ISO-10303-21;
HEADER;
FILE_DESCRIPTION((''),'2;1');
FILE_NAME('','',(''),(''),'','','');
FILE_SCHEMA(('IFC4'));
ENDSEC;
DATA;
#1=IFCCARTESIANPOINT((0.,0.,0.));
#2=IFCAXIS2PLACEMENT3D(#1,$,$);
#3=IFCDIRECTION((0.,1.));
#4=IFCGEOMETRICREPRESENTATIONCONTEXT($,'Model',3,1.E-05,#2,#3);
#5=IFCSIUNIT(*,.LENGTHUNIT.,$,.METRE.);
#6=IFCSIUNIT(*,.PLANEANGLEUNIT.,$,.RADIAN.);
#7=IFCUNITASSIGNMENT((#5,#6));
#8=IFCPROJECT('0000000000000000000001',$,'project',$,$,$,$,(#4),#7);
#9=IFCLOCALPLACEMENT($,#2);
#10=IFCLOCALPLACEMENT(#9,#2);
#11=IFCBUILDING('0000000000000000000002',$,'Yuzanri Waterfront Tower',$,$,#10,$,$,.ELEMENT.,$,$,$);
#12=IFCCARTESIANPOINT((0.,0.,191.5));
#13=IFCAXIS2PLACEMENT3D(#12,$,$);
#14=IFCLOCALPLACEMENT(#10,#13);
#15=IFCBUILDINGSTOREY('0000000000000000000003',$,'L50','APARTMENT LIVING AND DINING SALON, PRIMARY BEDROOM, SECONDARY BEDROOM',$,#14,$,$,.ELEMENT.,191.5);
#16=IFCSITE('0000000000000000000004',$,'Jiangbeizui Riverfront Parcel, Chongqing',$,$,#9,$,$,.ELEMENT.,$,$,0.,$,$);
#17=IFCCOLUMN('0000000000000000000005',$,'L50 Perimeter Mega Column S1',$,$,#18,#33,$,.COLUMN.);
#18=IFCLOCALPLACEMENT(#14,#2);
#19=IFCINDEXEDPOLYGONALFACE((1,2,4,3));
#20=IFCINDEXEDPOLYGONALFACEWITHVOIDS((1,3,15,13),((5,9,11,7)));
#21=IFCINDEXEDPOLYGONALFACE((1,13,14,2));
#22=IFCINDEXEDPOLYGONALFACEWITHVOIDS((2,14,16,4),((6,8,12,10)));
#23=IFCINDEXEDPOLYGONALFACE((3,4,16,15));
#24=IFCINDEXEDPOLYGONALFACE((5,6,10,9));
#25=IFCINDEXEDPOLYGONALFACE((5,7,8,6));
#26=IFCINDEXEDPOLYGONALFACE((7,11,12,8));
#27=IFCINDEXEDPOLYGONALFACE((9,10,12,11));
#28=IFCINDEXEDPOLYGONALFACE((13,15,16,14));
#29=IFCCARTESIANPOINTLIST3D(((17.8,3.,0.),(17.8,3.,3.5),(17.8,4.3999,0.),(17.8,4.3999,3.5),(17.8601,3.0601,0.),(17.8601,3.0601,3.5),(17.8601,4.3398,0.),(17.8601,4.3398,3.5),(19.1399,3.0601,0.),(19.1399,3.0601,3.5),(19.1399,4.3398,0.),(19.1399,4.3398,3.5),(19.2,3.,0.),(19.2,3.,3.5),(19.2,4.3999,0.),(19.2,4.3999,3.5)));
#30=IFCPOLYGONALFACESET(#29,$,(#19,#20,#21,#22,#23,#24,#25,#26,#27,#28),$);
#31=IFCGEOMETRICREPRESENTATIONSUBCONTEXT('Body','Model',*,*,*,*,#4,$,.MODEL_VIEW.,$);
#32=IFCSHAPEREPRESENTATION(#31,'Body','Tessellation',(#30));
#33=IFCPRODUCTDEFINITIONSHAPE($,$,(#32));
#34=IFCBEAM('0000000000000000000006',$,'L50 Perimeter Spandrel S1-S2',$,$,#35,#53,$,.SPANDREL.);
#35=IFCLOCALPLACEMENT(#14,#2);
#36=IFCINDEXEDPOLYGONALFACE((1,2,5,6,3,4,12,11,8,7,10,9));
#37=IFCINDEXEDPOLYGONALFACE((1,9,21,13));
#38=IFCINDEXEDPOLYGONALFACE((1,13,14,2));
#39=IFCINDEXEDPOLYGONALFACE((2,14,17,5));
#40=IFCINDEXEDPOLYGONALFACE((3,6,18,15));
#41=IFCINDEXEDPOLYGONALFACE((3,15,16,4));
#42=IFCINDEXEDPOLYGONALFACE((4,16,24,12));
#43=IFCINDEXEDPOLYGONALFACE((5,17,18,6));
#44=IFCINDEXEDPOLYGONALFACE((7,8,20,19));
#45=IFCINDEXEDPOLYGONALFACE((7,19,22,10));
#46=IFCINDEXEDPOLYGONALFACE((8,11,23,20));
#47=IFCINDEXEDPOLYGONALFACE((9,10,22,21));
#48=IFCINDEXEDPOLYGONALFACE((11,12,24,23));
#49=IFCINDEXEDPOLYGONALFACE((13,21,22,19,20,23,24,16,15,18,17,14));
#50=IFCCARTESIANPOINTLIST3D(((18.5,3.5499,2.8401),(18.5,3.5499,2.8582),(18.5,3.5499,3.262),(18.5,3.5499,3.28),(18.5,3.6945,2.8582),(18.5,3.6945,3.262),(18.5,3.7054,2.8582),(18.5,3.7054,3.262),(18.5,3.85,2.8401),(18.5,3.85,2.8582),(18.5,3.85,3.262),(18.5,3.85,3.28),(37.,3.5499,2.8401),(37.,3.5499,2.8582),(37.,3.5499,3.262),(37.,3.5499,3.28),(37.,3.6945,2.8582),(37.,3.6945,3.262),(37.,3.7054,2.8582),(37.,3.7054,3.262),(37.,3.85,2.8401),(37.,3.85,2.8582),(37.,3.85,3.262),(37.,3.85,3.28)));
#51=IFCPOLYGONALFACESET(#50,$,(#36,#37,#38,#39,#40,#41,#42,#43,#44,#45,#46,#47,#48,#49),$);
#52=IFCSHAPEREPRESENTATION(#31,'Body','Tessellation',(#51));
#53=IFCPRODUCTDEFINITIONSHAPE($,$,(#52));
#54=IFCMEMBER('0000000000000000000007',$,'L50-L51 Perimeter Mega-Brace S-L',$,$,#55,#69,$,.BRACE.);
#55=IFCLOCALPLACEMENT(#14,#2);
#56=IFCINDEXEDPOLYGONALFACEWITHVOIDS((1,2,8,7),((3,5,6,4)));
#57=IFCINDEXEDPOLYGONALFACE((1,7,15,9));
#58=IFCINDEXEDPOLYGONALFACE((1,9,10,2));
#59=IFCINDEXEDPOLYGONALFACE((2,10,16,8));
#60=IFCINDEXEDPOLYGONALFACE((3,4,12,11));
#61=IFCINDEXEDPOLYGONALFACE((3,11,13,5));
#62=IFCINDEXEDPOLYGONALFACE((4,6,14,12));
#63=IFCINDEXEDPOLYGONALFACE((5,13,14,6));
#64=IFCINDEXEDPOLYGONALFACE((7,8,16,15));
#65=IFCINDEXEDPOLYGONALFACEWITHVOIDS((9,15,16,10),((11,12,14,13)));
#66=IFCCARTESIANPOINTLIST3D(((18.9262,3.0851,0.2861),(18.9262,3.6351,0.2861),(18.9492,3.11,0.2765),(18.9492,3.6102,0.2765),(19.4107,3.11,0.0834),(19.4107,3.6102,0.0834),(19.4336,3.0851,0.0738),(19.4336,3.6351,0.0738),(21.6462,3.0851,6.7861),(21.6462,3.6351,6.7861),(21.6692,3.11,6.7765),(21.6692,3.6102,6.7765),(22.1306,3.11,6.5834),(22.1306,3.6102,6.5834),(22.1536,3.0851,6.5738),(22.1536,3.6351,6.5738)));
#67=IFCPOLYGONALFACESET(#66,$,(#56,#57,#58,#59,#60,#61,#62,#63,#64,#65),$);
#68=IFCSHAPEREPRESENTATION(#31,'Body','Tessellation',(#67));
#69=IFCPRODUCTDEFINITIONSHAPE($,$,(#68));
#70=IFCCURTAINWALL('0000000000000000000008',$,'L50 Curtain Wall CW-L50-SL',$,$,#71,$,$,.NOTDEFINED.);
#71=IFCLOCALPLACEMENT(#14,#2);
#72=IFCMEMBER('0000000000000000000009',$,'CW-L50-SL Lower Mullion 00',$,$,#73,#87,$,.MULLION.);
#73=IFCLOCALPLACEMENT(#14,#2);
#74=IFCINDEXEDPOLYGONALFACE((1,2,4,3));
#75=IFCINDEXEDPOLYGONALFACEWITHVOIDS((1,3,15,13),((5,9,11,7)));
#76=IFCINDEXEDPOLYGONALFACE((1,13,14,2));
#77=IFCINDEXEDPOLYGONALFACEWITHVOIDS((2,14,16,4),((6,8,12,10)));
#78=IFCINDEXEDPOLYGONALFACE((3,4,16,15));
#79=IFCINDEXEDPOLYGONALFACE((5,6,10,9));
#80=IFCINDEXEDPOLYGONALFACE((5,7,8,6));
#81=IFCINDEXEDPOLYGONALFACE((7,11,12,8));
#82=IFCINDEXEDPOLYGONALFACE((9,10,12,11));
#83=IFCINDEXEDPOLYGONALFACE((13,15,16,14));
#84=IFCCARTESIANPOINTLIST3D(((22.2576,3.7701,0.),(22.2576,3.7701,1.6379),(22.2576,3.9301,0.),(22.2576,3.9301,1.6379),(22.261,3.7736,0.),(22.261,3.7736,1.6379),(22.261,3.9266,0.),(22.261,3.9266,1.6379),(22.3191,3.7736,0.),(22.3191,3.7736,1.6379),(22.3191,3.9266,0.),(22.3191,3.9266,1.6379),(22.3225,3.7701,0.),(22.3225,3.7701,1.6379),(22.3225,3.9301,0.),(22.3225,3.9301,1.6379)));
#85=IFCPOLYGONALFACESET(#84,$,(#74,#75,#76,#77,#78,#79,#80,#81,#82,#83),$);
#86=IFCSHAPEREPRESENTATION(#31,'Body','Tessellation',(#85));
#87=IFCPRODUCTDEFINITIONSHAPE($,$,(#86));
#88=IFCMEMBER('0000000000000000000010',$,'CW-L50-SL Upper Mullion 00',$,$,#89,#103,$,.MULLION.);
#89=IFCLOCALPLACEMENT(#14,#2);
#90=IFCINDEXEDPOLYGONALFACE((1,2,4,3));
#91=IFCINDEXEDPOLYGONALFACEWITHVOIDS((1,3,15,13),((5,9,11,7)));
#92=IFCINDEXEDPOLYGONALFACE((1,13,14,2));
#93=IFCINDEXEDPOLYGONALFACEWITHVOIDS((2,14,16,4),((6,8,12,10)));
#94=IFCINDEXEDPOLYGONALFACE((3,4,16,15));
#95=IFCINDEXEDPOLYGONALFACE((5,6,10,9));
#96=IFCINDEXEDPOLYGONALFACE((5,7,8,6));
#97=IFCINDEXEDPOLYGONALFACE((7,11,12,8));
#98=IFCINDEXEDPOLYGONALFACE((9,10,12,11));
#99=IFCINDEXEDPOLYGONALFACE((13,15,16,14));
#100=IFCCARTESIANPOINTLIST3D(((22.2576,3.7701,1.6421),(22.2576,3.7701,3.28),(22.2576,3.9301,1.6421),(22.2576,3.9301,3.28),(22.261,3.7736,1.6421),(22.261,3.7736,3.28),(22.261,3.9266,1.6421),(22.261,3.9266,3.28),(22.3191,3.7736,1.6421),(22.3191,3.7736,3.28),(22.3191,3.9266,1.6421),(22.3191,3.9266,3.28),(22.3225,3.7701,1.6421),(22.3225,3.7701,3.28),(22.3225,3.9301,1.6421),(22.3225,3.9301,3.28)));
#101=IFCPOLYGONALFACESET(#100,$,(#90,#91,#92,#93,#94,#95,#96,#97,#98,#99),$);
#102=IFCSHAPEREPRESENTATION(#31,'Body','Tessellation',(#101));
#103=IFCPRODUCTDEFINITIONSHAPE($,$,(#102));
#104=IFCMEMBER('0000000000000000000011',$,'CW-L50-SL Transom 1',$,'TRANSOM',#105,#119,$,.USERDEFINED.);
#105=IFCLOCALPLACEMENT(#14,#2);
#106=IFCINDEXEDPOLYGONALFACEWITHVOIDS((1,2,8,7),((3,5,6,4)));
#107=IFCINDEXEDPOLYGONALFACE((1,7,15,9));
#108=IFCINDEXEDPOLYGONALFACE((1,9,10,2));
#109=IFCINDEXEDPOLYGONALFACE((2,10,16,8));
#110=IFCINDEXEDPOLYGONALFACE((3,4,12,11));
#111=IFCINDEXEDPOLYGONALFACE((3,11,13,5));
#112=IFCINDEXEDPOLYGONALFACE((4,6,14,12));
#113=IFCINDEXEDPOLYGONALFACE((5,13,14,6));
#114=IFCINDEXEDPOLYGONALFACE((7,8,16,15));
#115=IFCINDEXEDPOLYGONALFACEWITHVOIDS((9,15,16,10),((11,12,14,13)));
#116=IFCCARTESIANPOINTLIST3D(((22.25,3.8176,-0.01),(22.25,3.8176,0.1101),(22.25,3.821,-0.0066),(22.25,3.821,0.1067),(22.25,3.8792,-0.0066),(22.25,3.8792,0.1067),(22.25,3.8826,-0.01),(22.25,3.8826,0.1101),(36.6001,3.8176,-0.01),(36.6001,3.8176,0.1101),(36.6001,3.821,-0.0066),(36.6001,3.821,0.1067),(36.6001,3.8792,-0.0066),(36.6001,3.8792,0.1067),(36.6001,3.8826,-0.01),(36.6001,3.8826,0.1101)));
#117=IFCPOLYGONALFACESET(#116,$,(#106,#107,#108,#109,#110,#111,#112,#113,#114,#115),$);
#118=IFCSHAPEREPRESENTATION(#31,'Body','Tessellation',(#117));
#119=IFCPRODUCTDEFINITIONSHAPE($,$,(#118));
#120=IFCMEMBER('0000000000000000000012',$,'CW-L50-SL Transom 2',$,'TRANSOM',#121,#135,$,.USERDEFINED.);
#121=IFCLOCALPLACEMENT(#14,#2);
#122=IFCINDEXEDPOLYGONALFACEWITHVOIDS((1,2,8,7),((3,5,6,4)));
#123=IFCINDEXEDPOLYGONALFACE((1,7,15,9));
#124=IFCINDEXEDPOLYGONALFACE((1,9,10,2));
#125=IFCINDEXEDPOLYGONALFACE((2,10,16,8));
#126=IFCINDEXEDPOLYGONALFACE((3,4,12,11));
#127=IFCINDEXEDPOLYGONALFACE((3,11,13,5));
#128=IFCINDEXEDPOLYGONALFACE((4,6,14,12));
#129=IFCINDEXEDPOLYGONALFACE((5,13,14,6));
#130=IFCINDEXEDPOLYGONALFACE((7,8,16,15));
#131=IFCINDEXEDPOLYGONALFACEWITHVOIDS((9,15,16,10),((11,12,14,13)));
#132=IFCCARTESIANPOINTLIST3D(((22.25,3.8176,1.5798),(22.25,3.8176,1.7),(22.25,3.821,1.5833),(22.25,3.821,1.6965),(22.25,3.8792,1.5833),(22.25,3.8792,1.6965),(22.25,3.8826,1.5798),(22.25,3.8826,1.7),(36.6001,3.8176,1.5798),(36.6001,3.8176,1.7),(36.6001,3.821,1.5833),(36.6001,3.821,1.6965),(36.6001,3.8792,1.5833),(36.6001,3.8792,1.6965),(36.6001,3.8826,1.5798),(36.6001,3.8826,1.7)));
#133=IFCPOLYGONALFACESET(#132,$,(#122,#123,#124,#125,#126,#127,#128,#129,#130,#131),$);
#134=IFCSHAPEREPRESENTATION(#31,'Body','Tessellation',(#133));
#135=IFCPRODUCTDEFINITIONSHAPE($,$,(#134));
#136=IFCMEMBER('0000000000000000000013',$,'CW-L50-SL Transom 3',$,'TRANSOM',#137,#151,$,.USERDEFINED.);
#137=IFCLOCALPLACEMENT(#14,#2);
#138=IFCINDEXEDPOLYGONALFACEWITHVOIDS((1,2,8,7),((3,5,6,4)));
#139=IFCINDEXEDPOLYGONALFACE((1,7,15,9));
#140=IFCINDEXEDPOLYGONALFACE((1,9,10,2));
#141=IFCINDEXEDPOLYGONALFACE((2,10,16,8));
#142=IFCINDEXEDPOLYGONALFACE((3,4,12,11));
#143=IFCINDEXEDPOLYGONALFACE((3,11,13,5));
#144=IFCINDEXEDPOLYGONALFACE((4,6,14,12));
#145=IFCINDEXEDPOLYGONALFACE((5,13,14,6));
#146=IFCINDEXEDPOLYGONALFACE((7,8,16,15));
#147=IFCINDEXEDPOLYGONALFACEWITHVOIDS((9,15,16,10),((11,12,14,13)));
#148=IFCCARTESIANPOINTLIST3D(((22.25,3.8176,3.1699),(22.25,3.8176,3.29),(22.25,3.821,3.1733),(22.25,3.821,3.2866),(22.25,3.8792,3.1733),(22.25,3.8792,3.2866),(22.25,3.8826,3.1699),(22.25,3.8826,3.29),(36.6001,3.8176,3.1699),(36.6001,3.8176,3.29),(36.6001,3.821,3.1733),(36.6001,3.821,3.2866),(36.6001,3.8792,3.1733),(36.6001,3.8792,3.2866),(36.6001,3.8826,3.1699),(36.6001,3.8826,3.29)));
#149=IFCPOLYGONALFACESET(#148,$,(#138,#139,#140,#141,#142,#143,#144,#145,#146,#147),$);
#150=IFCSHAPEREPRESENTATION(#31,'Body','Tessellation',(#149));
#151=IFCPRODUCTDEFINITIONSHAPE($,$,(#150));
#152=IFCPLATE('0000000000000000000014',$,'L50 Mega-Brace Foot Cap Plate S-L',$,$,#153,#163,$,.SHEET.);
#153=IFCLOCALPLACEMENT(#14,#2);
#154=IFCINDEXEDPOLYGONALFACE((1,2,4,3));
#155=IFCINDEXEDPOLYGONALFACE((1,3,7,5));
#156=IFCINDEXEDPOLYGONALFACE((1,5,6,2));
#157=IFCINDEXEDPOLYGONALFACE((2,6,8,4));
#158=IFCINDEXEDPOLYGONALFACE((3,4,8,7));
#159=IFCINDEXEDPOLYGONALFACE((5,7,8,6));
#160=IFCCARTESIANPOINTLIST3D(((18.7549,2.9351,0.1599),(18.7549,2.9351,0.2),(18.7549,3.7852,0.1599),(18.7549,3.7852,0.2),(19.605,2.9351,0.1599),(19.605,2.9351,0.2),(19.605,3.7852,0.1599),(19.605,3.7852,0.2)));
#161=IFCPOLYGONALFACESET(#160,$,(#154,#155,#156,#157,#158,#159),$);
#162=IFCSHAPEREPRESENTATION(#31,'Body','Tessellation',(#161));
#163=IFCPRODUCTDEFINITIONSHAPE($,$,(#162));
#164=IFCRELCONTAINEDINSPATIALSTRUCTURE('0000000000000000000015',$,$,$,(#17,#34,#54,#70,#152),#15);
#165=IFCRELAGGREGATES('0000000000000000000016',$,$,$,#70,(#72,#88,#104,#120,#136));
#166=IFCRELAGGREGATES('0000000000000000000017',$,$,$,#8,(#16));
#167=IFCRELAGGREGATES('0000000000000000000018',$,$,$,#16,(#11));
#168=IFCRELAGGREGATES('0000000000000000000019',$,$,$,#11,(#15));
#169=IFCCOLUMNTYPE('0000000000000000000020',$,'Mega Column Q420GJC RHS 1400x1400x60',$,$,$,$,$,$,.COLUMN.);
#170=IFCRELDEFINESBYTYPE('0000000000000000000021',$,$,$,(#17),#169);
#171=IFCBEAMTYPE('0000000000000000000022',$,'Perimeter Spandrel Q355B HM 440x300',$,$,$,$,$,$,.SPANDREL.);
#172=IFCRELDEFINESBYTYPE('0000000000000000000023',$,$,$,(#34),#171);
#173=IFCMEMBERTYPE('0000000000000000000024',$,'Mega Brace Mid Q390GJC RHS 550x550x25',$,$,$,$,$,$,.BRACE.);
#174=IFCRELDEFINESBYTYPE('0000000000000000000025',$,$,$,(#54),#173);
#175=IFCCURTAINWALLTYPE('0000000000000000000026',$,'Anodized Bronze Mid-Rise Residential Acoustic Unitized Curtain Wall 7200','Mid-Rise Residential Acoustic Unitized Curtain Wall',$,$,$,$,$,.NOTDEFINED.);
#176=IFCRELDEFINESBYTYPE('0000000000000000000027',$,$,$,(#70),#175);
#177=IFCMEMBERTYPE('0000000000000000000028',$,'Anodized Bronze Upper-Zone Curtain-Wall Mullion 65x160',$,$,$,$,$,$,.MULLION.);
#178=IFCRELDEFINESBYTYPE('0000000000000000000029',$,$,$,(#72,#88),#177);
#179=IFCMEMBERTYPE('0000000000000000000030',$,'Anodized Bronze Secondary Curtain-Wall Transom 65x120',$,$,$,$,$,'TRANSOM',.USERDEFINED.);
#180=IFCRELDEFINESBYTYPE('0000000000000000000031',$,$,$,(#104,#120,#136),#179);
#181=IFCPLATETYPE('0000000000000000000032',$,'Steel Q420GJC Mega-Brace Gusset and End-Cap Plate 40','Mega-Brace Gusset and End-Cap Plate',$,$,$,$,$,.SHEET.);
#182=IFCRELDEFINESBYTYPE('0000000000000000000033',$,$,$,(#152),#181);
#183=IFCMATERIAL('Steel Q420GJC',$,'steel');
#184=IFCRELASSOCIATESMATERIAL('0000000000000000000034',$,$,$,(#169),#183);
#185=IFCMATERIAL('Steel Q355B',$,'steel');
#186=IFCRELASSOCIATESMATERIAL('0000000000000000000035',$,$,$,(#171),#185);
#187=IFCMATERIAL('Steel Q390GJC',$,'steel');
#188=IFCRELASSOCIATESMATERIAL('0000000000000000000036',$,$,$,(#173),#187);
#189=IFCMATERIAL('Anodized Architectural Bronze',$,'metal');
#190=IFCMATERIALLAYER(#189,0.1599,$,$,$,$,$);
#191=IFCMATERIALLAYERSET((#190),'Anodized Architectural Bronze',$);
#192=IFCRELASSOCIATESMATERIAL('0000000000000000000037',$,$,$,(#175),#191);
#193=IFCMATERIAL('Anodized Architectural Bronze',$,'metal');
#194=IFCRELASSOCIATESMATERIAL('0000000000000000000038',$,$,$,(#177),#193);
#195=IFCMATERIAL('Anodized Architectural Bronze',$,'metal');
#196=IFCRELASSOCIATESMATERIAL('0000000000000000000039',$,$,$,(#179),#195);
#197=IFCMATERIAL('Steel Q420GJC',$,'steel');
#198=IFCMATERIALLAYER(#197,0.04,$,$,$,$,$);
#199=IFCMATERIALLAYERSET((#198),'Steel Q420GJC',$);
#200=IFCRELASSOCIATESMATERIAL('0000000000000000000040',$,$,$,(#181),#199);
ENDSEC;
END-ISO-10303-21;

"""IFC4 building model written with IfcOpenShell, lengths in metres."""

from ifc_helpers import new_model, si_unit, direction, frame, origin, origin_2d, place, context, subcontext, project, spatial, rectangle, hollow_rectangle, i_section, extrude, source, transform, mapped, material, layer, layer_set, material_profile, profile_set, type_object, element, aggregate, save


model = new_model("IFC4")

# Units and contexts
model_context = context("Model", 3, precision=1e-05, world=origin(), true_north=direction((0.0, 1.0)))
body_context = subcontext(model_context, "Body", "Model", "MODEL_VIEW")
ifc_project = project(units=[si_unit("LENGTHUNIT", "METRE"), si_unit("PLANEANGLEUNIT", "RADIAN")], contexts=[model_context])

# Site, building, storey
site_placement = place(None, origin())
site = spatial("IfcSite", under=ifc_project, at=site_placement, Name="Jiangbeizui Riverfront Parcel, Chongqing", CompositionType="ELEMENT", RefElevation=0.0)
building_placement = place(site_placement, origin())
building = spatial("IfcBuilding", under=site, at=building_placement, Name="Yuzanri Waterfront Tower", CompositionType="ELEMENT")
storey_placement = place(building_placement, frame((0.0, 0.0, 191.5)))
storey = spatial("IfcBuildingStorey", under=building, at=storey_placement, Name="L50", Description="APARTMENT LIVING AND DINING SALON, PRIMARY BEDROOM, SECONDARY BEDROOM", CompositionType="ELEMENT", Elevation=191.5)

# Column
ifc_material_1 = material(Name="Steel Q420GJC", Category="steel")
ifc_material_profile_1 = material_profile(ifc_material_1, hollow_rectangle(XDim=1.3999, YDim=1.3999, WallThickness=0.0601, at=origin_2d()), Name="RHS 1400x1400x60")
ifc_profile_set_1 = profile_set([ifc_material_profile_1], Name="Steel Q420GJC")
column_type = type_object("IfcColumnType", Name="Mega Column Q420GJC RHS 1400x1400x60", PredefinedType="COLUMN", material=ifc_profile_set_1)
shared_shape_1 = source(origin(), body_context, "Body", "SweptSolid", [
    extrude(hollow_rectangle(XDim=1.3999, YDim=1.3999, WallThickness=0.0601, at=origin_2d()), origin(), (0.0, 0.0, 1.0), 3.5),
])
column_placement = place(storey_placement, frame((18.5, 3.7, 0.0), z_axis=(0.0, 0.0, 1.0), x_axis=(1.0, 0.0, 0.0)))
element("IfcColumn", 1, at=column_placement, inside=storey, type_object=column_type, Name="L50 Perimeter Mega Column S1", PredefinedType="COLUMN", context=body_context, shape_type="MappedRepresentation", body=[
    mapped(shared_shape_1, transform((0.0, 0.0, 0.0), scale=1.0)),
])

# Beam
ifc_material_2 = material(Name="Steel Q355B", Category="steel")
ifc_material_profile_2 = material_profile(ifc_material_2, i_section(OverallWidth=0.3, OverallDepth=0.4399, WebThickness=0.011, FlangeThickness=0.0181, at=origin_2d()), Name="HM 440x300x11x18")
ifc_profile_set_2 = profile_set([ifc_material_profile_2], Name="Steel Q355B")
beam_type = type_object("IfcBeamType", Name="Perimeter Spandrel Q355B HM 440x300", PredefinedType="SPANDREL", material=ifc_profile_set_2)
shared_shape_2 = source(origin(), body_context, "Body", "SweptSolid", [
    extrude(i_section(OverallWidth=0.3, OverallDepth=0.4399, WebThickness=0.011, FlangeThickness=0.0181, at=origin_2d()), origin(), (0.0, 0.0, 1.0), 18.5),
])
beam_placement = place(storey_placement, frame((18.5, 3.7, 3.0601), z_axis=(1.0, 0.0, 0.0), x_axis=(0.0, 1.0, 0.0)))
element("IfcBeam", 2, at=beam_placement, inside=storey, type_object=beam_type, Name="L50 Perimeter Spandrel S1-S2", PredefinedType="SPANDREL", context=body_context, shape_type="MappedRepresentation", body=[
    mapped(shared_shape_2, transform((0.0, 0.0, 0.0), scale=1.0)),
])

# Member
ifc_material_3 = material(Name="Steel Q390GJC", Category="steel")
ifc_material_profile_3 = material_profile(ifc_material_3, hollow_rectangle(XDim=0.55, YDim=0.55, WallThickness=0.0249, at=origin_2d()), Name="RHS 550x550x25")
ifc_profile_set_3 = profile_set([ifc_material_profile_3], Name="Steel Q390GJC")
member_type_1 = type_object("IfcMemberType", Name="Mega Brace Mid Q390GJC RHS 550x550x25", PredefinedType="BRACE", material=ifc_profile_set_3)
shared_shape_3 = source(origin(), body_context, "Body", "SweptSolid", [
    extrude(hollow_rectangle(XDim=0.55, YDim=0.55, WallThickness=0.0249, at=origin_2d()), origin(), (0.0, 0.0, 1.0), 7.0461),
])
member_1_placement = place(storey_placement, frame((19.1799, 3.3601, 0.1799), z_axis=(0.386022, 0.0, 0.922489), x_axis=(0.0, 1.0, 0.0)))
element("IfcMember", 3, at=member_1_placement, inside=storey, type_object=member_type_1, Name="L50-L51 Perimeter Mega-Brace S-L", PredefinedType="BRACE", context=body_context, shape_type="MappedRepresentation", body=[
    mapped(shared_shape_3, transform((0.0, 0.0, 0.0), scale=1.0)),
])

# Curtain wall, members
ifc_material_4 = material(Name="Anodized Architectural Bronze", Category="metal")
ifc_layer_1 = layer(ifc_material_4, 0.1599)
ifc_layer_set_1 = layer_set([ifc_layer_1], Name="Anodized Architectural Bronze")
curtain_wall_type = type_object("IfcCurtainWallType", Name="Anodized Bronze Mid-Rise Residential Acoustic Unitized Curtain Wall 7200", Description="Mid-Rise Residential Acoustic Unitized Curtain Wall", PredefinedType="NOTDEFINED", material=ifc_layer_set_1)
curtain_wall_placement = place(storey_placement, origin())
curtain_wall = element("IfcCurtainWall", 4, at=curtain_wall_placement, inside=storey, type_object=curtain_wall_type, Name="L50 Curtain Wall CW-L50-SL", PredefinedType="NOTDEFINED")
ifc_material_5 = material(Name="Anodized Architectural Bronze", Category="metal")
ifc_material_profile_4 = material_profile(ifc_material_5, hollow_rectangle(XDim=0.0649, YDim=0.1599, WallThickness=0.0034, at=origin_2d()), Name="CWM 65x160")
ifc_profile_set_4 = profile_set([ifc_material_profile_4], Name="Anodized Architectural Bronze")
member_type_2 = type_object("IfcMemberType", Name="Anodized Bronze Upper-Zone Curtain-Wall Mullion 65x160", PredefinedType="MULLION", material=ifc_profile_set_4)
shared_shape_4 = source(origin(), body_context, "Body", "SweptSolid", [
    extrude(hollow_rectangle(XDim=0.0649, YDim=0.1599, WallThickness=0.0034, at=origin_2d()), origin(), (0.0, 0.0, 1.0), 1.6379),
])
member_2_placement = place(storey_placement, frame((22.29, 3.8501, 0.0), z_axis=(0.0, 0.0, 1.0), x_axis=(1.0, 0.0, 0.0)))
member_2 = element("IfcMember", 5, at=member_2_placement, type_object=member_type_2, Name="CW-L50-SL Lower Mullion 00", PredefinedType="MULLION", context=body_context, shape_type="MappedRepresentation", body=[
    mapped(shared_shape_4, transform((0.0, 0.0, 0.0), scale=1.0)),
])
member_3_placement = place(storey_placement, frame((22.29, 3.8501, 1.6421), z_axis=(0.0, 0.0, 1.0), x_axis=(1.0, 0.0, 0.0)))
member_3 = element("IfcMember", 6, at=member_3_placement, type_object=member_type_2, Name="CW-L50-SL Upper Mullion 00", PredefinedType="MULLION", context=body_context, shape_type="MappedRepresentation", body=[
    mapped(shared_shape_4, transform((0.0, 0.0, 0.0), scale=1.0)),
])
ifc_material_6 = material(Name="Anodized Architectural Bronze", Category="metal")
ifc_material_profile_5 = material_profile(ifc_material_6, hollow_rectangle(XDim=0.0649, YDim=0.1201, WallThickness=0.0034, at=origin_2d()), Name="CWT 65x120")
ifc_profile_set_5 = profile_set([ifc_material_profile_5], Name="Anodized Architectural Bronze")
member_type_3 = type_object("IfcMemberType", Name="Anodized Bronze Secondary Curtain-Wall Transom 65x120", ElementType="TRANSOM", PredefinedType="USERDEFINED", material=ifc_profile_set_5)
shared_shape_5 = source(origin(), body_context, "Body", "SweptSolid", [
    extrude(hollow_rectangle(XDim=0.0649, YDim=0.1201, WallThickness=0.0034, at=origin_2d()), origin(), (0.0, 0.0, 1.0), 14.3501),
])
member_4_placement = place(storey_placement, frame((22.25, 3.8501, 0.05), z_axis=(1.0, 0.0, 0.0), x_axis=(0.0, 1.0, 0.0)))
member_4 = element("IfcMember", 7, at=member_4_placement, type_object=member_type_3, Name="CW-L50-SL Transom 1", ObjectType="TRANSOM", PredefinedType="USERDEFINED", context=body_context, shape_type="MappedRepresentation", body=[
    mapped(shared_shape_5, transform((0.0, 0.0, 0.0), scale=1.0)),
])
member_5_placement = place(storey_placement, frame((22.25, 3.8501, 1.6399), z_axis=(1.0, 0.0, 0.0), x_axis=(0.0, 1.0, 0.0)))
member_5 = element("IfcMember", 8, at=member_5_placement, type_object=member_type_3, Name="CW-L50-SL Transom 2", ObjectType="TRANSOM", PredefinedType="USERDEFINED", context=body_context, shape_type="MappedRepresentation", body=[
    mapped(shared_shape_5, transform((0.0, 0.0, 0.0), scale=1.0)),
])
member_6_placement = place(storey_placement, frame((22.25, 3.8501, 3.23), z_axis=(1.0, 0.0, 0.0), x_axis=(0.0, 1.0, 0.0)))
member_6 = element("IfcMember", 9, at=member_6_placement, type_object=member_type_3, Name="CW-L50-SL Transom 3", ObjectType="TRANSOM", PredefinedType="USERDEFINED", context=body_context, shape_type="MappedRepresentation", body=[
    mapped(shared_shape_5, transform((0.0, 0.0, 0.0), scale=1.0)),
])
aggregate(curtain_wall, [member_2, member_3, member_4, member_5, member_6])

# Plate
ifc_material_7 = material(Name="Steel Q420GJC", Category="steel")
ifc_layer_2 = layer(ifc_material_7, 0.04)
ifc_layer_set_2 = layer_set([ifc_layer_2], Name="Steel Q420GJC")
plate_type = type_object("IfcPlateType", Name="Steel Q420GJC Mega-Brace Gusset and End-Cap Plate 40", Description="Mega-Brace Gusset and End-Cap Plate", PredefinedType="SHEET", material=ifc_layer_set_2)
shared_shape_6 = source(origin(), body_context, "Body", "SweptSolid", [
    extrude(rectangle(XDim=0.8501, YDim=0.8501, at=origin_2d()), origin(), (0.0, 0.0, 1.0), 0.04),
])
plate_placement = place(storey_placement, frame((19.1799, 3.3601, 0.1599), z_axis=(0.0, 0.0, 1.0), x_axis=(1.0, 0.0, 0.0)))
element("IfcPlate", 10, at=plate_placement, inside=storey, type_object=plate_type, Name="L50 Mega-Brace Foot Cap Plate S-L", PredefinedType="SHEET", context=body_context, shape_type="MappedRepresentation", body=[
    mapped(shared_shape_6, transform((0.0, 0.0, 0.0), scale=1.0)),
])

save(model, "model.ifc")
